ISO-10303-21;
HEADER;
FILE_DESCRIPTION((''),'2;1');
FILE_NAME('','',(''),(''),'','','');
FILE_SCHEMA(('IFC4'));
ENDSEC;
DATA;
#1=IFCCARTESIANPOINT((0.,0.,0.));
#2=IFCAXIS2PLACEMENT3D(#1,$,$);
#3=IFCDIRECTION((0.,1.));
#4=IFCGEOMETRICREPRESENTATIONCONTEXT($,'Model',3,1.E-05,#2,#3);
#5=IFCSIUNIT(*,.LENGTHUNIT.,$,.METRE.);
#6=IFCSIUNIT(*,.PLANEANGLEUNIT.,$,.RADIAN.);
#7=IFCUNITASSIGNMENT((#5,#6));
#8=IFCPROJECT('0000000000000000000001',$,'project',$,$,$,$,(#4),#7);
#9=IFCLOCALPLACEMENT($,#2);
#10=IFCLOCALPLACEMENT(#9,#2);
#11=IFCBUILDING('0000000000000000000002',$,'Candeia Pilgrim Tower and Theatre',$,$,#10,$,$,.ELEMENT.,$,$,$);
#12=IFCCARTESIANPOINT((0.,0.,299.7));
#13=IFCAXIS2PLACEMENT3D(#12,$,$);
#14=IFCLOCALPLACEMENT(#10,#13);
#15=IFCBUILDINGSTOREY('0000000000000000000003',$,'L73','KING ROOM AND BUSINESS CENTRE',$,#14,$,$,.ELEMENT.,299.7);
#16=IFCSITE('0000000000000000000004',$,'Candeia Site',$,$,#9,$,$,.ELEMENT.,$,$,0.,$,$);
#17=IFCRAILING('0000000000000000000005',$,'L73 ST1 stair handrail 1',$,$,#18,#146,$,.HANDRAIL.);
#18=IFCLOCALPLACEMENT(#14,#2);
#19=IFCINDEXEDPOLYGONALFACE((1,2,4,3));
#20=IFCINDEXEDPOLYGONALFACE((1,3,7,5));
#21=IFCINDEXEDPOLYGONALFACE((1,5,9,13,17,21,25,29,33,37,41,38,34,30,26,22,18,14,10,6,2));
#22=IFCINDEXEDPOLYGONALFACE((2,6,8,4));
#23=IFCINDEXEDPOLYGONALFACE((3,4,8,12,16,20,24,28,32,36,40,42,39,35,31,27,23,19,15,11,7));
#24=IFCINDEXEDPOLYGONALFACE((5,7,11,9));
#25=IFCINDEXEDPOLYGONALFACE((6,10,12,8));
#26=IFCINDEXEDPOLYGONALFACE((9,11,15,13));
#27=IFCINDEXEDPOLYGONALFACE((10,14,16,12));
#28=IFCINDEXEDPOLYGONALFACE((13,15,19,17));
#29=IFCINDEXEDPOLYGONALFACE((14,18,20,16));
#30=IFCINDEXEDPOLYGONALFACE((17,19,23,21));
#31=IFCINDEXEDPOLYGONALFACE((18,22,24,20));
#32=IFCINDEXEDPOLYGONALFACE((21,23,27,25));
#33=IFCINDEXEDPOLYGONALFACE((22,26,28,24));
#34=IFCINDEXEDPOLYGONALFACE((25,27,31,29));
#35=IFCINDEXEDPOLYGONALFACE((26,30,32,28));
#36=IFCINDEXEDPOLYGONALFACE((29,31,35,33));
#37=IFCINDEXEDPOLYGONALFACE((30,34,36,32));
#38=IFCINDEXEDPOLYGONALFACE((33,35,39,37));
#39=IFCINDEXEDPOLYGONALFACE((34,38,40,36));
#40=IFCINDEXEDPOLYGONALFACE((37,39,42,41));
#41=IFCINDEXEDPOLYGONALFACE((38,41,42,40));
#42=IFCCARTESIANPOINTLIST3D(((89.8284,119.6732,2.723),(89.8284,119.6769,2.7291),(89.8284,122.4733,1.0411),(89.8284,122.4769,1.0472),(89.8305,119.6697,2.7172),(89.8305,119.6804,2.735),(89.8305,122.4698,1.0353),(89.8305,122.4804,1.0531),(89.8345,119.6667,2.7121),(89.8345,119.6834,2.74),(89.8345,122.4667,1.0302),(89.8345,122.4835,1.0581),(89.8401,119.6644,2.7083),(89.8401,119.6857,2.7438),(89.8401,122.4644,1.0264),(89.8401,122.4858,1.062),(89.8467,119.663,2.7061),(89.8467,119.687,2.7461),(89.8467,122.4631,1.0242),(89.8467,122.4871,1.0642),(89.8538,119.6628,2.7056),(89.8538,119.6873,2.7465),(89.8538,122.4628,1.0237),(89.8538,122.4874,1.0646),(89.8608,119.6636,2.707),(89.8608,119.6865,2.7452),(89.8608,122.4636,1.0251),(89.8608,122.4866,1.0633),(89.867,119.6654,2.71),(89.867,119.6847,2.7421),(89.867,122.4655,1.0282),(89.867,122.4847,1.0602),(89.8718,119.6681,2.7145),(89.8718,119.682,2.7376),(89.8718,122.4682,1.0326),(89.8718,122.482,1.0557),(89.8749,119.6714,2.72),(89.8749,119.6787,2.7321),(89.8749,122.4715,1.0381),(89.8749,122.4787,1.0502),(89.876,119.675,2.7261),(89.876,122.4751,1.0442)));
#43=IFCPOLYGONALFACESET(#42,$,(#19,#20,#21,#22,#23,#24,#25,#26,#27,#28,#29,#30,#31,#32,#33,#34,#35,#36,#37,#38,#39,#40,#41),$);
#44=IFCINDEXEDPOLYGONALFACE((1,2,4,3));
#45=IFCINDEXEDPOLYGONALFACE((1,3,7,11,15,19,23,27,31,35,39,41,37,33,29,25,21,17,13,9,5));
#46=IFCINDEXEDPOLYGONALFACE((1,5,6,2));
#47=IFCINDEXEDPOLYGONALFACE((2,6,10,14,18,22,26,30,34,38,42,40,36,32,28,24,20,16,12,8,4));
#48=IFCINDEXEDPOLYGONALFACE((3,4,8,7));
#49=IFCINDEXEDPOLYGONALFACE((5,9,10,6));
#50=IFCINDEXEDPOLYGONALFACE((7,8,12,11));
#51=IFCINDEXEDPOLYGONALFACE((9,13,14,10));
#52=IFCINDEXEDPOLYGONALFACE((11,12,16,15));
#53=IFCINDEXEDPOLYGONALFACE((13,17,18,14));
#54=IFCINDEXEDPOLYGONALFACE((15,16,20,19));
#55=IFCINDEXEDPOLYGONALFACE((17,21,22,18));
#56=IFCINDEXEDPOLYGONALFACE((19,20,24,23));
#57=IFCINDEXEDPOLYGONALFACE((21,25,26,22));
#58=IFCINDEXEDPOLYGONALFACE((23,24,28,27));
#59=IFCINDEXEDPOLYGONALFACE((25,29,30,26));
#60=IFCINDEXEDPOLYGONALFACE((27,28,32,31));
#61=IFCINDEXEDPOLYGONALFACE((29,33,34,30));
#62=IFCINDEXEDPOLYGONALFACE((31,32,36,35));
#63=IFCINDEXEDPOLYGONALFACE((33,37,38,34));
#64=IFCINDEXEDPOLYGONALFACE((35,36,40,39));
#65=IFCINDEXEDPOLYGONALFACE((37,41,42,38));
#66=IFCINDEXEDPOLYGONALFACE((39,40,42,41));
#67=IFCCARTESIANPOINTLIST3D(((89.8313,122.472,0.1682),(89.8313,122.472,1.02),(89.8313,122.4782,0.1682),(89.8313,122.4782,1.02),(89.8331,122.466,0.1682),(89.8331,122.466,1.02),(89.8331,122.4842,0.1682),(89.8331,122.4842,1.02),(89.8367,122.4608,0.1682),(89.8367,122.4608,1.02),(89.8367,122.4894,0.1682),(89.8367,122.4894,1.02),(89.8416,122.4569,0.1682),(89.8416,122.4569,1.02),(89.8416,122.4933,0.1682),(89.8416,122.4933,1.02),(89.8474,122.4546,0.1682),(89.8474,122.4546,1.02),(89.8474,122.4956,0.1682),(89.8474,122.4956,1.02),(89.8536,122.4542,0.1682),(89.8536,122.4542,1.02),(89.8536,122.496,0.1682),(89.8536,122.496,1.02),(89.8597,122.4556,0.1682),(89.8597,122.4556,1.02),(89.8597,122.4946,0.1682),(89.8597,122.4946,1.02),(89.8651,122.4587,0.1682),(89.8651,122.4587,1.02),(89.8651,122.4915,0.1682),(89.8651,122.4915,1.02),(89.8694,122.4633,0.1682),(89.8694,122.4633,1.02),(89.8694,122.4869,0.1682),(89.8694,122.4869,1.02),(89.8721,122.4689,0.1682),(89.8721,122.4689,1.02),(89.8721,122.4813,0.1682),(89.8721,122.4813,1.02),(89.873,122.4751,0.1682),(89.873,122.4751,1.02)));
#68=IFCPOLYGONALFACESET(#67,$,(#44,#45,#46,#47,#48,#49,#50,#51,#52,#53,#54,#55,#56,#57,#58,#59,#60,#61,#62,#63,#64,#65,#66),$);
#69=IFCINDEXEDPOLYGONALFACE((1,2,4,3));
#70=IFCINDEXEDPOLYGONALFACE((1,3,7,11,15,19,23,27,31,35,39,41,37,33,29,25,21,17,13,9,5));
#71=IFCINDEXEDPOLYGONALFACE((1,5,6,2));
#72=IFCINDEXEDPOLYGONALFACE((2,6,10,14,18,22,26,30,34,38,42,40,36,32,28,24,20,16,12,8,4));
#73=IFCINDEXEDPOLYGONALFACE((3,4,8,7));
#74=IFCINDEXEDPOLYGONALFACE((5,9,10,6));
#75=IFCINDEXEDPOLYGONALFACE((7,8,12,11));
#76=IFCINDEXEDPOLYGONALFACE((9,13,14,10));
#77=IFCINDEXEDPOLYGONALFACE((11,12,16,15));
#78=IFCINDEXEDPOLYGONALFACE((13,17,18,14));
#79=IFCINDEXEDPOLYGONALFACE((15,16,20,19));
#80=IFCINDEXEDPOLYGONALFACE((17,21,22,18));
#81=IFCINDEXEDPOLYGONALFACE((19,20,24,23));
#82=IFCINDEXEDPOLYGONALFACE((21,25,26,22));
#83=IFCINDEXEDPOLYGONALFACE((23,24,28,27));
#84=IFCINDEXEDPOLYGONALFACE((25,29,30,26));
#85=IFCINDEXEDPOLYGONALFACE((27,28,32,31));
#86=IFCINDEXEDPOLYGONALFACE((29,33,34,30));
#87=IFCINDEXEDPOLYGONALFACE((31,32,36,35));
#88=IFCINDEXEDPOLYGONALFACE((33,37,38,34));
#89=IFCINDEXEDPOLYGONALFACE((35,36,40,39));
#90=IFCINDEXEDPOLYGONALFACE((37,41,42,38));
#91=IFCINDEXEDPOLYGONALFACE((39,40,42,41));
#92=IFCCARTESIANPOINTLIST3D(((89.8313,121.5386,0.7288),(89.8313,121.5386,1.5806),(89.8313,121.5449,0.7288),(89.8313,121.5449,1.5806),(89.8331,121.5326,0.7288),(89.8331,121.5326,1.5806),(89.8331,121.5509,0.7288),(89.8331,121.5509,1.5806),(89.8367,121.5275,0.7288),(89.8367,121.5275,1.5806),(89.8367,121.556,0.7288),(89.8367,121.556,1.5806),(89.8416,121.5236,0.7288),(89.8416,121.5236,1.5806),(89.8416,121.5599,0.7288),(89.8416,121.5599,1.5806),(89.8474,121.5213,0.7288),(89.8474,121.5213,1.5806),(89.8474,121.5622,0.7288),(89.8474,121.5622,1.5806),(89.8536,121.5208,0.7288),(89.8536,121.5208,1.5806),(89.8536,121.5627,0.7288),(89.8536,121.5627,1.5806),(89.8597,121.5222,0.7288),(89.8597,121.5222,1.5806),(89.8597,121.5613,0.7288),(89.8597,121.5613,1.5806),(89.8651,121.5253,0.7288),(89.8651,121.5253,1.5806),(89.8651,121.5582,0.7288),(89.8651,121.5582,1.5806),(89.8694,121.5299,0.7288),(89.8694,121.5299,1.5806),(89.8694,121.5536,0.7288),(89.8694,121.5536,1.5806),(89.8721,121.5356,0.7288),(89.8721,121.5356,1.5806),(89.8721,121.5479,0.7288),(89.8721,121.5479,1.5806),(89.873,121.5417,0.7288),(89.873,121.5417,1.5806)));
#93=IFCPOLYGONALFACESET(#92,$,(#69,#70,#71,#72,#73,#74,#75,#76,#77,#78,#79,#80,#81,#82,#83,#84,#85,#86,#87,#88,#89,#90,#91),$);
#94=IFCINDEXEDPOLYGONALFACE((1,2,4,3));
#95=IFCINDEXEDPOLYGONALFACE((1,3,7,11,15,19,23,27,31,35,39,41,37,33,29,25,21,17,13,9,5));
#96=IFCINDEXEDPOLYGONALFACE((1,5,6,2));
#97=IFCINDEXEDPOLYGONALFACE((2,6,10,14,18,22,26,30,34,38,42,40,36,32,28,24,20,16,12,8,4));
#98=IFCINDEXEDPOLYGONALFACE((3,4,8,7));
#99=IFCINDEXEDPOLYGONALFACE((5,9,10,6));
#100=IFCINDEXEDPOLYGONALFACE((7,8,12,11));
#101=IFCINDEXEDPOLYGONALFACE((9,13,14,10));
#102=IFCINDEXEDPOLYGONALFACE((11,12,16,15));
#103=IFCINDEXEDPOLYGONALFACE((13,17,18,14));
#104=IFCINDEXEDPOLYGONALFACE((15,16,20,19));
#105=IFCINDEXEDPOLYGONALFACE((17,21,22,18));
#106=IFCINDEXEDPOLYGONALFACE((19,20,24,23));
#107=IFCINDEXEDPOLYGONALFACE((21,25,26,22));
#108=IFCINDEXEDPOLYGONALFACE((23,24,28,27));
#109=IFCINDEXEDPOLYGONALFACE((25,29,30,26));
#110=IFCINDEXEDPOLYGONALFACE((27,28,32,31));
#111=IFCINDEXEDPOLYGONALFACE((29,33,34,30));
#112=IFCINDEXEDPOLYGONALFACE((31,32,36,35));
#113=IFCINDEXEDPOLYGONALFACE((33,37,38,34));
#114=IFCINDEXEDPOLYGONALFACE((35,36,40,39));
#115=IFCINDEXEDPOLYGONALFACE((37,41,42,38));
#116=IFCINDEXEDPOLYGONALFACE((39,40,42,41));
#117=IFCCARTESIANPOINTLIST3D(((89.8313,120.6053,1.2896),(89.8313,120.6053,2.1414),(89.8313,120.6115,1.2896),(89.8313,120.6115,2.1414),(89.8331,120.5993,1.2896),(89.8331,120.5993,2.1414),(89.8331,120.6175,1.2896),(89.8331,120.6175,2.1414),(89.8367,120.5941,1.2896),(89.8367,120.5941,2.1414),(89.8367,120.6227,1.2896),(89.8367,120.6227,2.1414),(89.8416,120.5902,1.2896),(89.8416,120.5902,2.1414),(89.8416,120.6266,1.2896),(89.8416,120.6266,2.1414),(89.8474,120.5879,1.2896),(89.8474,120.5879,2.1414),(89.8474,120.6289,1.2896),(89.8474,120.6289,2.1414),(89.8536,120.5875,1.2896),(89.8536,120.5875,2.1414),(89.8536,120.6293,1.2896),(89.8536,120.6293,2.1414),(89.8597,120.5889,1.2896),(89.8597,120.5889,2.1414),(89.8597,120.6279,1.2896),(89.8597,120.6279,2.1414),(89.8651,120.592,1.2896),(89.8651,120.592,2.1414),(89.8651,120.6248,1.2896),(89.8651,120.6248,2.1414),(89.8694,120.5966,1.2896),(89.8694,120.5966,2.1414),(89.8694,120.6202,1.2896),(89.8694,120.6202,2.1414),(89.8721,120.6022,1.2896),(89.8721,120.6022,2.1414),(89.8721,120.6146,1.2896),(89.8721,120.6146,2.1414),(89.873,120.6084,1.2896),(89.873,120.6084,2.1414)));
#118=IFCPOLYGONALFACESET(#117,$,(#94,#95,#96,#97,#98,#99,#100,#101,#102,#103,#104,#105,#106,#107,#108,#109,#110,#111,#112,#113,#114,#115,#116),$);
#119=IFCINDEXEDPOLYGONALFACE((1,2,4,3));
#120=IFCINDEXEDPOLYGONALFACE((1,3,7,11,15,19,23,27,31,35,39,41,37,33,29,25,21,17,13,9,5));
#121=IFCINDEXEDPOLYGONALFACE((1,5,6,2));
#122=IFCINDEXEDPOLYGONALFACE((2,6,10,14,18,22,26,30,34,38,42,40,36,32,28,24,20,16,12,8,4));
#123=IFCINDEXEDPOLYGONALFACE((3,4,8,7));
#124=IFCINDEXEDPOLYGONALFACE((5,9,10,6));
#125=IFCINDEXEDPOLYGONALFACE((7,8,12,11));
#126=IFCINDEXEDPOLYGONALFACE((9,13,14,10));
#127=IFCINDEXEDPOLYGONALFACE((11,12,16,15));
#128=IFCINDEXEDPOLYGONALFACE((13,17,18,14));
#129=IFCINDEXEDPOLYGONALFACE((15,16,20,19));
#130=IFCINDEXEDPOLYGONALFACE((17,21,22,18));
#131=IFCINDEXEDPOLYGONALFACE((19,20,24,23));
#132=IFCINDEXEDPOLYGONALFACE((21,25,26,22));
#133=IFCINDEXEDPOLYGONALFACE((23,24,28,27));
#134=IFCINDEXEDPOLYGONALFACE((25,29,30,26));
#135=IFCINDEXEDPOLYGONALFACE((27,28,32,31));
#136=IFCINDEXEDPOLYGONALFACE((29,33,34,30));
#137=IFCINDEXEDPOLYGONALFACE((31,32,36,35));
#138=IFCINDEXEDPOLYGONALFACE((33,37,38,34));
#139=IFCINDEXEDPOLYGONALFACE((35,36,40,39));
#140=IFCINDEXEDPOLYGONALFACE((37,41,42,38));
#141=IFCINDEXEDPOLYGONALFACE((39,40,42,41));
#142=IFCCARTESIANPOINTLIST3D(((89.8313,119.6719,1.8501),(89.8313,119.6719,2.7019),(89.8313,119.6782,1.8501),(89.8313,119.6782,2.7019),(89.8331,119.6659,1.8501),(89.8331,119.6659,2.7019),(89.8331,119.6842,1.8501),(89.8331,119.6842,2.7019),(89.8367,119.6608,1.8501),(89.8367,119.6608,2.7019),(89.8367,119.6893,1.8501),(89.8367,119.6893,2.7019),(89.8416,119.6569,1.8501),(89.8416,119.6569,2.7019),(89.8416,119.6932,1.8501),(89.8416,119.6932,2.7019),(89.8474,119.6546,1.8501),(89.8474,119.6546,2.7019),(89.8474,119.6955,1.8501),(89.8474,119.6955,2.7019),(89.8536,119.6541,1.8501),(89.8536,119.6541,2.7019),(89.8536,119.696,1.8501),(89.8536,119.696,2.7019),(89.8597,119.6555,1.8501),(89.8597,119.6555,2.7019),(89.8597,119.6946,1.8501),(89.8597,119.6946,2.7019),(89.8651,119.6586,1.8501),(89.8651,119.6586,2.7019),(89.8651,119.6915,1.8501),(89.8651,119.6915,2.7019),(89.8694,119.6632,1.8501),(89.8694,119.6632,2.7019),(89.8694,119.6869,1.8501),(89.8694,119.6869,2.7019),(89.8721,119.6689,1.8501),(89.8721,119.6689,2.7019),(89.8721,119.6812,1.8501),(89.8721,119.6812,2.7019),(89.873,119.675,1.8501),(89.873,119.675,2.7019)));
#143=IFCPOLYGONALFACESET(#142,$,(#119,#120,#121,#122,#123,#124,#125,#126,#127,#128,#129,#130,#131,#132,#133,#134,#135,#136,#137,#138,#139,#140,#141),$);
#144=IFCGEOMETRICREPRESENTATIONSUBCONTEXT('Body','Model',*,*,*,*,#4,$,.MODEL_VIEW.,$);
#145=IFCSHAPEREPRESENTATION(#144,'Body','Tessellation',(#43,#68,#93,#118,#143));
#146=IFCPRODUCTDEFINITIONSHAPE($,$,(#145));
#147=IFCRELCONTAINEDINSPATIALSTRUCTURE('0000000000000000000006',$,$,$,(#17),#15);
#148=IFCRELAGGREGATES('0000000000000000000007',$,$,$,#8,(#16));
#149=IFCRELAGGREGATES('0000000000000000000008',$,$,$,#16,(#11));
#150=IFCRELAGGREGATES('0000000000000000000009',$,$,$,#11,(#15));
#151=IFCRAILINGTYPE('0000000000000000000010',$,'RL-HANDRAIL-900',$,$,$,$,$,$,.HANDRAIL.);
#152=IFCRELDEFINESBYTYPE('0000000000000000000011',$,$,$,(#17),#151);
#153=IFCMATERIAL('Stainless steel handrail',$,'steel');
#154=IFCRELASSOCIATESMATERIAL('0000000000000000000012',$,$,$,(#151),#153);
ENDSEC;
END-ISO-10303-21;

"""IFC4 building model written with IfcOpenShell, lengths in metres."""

from ifc_helpers import new_model, si_unit, direction, frame, origin, origin_2d, place, context, subcontext, project, spatial, circle, extrude, material, type_object, element, save


model = new_model("IFC4")

# Units and contexts
model_context = context("Model", 3, precision=1e-05, world=origin(), true_north=direction((0.0, 1.0)))
body_context = subcontext(model_context, "Body", "Model", "MODEL_VIEW")
ifc_project = project(units=[si_unit("LENGTHUNIT", "METRE"), si_unit("PLANEANGLEUNIT", "RADIAN")], contexts=[model_context])

# Site, building, storey
site_placement = place(None, origin())
site = spatial("IfcSite", under=ifc_project, at=site_placement, Name="Candeia Site", CompositionType="ELEMENT", RefElevation=0.0)
building_placement = place(site_placement, origin())
building = spatial("IfcBuilding", under=site, at=building_placement, Name="Candeia Pilgrim Tower and Theatre", CompositionType="ELEMENT")
storey_placement = place(building_placement, frame((0.0, 0.0, 299.7)))
storey = spatial("IfcBuildingStorey", under=building, at=storey_placement, Name="L73", Description="KING ROOM AND BUSINESS CENTRE", CompositionType="ELEMENT", Elevation=299.7)

# Railing
ifc_material_1 = material(Name="Stainless steel handrail", Category="steel")
railing_type_1 = type_object("IfcRailingType", Name="RL-HANDRAIL-900", PredefinedType="HANDRAIL", material=ifc_material_1)
railing_1_placement = place(storey_placement, frame((89.8521, 122.4751, 0.1682)))
element("IfcRailing", 1, at=railing_1_placement, inside=storey, type_object=railing_type_1, Name="L73 ST1 stair handrail 1", PredefinedType="HANDRAIL", context=body_context, shape_type="SweptSolid", body=[
    extrude(circle(Radius=0.0239, at=origin_2d()), frame((0.0, 0.0, 0.876), z_axis=(0.0, -0.857242, 0.514913), x_axis=(1.0, 0.0, 0.0)), (0.0, 0.0, 1.0), 3.2664),
    extrude(circle(Radius=0.021, at=origin_2d()), origin(), (0.0, 0.0, 1.0), 0.8518),
    extrude(circle(Radius=0.021, at=origin_2d()), frame((0.0, -0.9333, 0.5605)), (0.0, 0.0, 1.0), 0.8518),
    extrude(circle(Radius=0.021, at=origin_2d()), frame((0.0, -1.8667, 1.1213)), (0.0, 0.0, 1.0), 0.8518),
    extrude(circle(Radius=0.021, at=origin_2d()), frame((0.0, -2.8, 1.6819)), (0.0, 0.0, 1.0), 0.8518),
])

save(model, "model.ifc")
